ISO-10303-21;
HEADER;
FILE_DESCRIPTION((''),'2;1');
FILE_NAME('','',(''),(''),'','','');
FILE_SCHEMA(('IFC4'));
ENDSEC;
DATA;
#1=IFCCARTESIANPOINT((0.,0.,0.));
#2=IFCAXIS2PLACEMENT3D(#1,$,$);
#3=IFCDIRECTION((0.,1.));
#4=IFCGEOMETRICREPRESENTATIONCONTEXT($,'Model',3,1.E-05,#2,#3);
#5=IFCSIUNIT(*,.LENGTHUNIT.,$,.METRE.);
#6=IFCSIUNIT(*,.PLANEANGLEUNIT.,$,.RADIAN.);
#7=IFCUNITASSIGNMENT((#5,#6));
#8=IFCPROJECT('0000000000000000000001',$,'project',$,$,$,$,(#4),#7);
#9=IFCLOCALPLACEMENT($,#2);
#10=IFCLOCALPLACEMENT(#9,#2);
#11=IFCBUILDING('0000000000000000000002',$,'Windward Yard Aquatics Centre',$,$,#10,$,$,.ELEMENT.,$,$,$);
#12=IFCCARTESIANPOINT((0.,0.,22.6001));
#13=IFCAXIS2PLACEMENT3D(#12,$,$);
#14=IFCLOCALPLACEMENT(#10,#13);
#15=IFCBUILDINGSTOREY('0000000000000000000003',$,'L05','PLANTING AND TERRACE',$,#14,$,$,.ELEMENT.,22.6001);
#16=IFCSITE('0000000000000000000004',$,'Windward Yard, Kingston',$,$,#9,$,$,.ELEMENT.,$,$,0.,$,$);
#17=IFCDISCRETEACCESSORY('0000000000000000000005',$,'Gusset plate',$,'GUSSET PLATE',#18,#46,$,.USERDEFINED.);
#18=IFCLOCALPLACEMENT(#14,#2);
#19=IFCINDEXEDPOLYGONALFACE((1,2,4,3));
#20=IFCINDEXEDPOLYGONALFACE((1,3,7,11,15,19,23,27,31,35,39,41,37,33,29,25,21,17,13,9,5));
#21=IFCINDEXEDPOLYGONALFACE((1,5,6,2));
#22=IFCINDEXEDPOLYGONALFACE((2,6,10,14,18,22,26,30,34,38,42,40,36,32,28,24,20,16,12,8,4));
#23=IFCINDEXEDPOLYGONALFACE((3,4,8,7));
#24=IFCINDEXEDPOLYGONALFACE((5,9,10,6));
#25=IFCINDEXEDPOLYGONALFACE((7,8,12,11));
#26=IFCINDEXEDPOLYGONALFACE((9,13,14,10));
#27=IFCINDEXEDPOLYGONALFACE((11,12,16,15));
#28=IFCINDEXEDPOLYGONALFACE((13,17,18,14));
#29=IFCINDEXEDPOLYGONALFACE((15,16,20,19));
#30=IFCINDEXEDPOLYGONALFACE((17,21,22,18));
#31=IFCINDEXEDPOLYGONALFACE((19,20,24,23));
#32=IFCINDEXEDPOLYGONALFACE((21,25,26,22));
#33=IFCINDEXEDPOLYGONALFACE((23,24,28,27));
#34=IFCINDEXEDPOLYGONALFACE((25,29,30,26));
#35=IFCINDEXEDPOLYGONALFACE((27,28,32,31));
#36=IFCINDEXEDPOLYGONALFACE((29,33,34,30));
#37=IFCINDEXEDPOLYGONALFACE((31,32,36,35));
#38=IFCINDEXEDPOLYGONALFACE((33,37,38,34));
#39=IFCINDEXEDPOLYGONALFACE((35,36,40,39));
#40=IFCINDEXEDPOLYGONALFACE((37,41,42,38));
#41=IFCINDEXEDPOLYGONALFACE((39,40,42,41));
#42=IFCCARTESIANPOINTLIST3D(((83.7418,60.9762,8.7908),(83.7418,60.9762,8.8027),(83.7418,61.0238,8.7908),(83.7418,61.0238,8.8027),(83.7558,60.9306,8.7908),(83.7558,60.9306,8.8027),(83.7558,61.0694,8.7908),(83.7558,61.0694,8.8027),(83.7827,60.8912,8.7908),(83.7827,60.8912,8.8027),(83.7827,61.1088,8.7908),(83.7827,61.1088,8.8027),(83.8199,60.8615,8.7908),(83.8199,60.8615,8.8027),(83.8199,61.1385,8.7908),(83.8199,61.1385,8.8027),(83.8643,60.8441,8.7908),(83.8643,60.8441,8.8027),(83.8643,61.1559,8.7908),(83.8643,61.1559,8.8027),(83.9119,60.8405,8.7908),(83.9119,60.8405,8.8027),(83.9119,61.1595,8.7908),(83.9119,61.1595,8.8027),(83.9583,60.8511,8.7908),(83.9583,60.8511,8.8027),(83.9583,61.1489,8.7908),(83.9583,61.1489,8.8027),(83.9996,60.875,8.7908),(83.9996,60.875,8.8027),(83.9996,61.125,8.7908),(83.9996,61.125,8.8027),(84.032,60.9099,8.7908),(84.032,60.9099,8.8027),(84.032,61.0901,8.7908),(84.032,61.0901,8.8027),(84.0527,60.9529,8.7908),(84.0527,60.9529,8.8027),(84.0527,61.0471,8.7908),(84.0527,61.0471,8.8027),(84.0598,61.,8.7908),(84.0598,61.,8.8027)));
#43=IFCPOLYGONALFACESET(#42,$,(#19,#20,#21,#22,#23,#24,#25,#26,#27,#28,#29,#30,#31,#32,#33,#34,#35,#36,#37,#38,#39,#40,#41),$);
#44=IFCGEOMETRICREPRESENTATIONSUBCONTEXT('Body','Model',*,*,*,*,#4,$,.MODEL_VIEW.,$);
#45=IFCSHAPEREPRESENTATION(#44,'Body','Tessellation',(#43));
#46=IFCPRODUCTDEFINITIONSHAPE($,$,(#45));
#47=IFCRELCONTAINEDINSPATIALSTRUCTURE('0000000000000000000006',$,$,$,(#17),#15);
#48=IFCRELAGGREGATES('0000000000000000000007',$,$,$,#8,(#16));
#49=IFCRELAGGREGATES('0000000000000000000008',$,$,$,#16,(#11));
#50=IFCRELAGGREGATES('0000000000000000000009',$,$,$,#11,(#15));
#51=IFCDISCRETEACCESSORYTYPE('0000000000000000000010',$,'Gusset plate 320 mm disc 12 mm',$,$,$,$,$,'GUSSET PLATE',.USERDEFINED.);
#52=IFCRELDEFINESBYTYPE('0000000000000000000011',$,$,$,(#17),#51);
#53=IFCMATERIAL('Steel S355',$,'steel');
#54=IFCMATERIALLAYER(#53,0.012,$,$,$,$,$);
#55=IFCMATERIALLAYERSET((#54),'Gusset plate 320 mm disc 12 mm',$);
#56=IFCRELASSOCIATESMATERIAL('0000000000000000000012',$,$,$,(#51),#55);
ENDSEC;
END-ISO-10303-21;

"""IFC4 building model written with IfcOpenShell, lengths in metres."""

from ifc_helpers import new_model, si_unit, direction, frame, origin, origin_2d, place, context, subcontext, project, spatial, circle, extrude, material, layer, layer_set, type_object, element, save


model = new_model("IFC4")

# Units and contexts
model_context = context("Model", 3, precision=1e-05, world=origin(), true_north=direction((0.0, 1.0)))
body_context = subcontext(model_context, "Body", "Model", "MODEL_VIEW")
ifc_project = project(units=[si_unit("LENGTHUNIT", "METRE"), si_unit("PLANEANGLEUNIT", "RADIAN")], contexts=[model_context])

# Site, building, storey
site_placement = place(None, origin())
site = spatial("IfcSite", under=ifc_project, at=site_placement, Name="Windward Yard, Kingston", CompositionType="ELEMENT", RefElevation=0.0)
building_placement = place(site_placement, origin())
building = spatial("IfcBuilding", under=site, at=building_placement, Name="Windward Yard Aquatics Centre", CompositionType="ELEMENT")
storey_placement = place(building_placement, frame((0.0, 0.0, 22.6001)))
storey = spatial("IfcBuildingStorey", under=building, at=storey_placement, Name="L05", Description="PLANTING AND TERRACE", CompositionType="ELEMENT", Elevation=22.6001)

# Discrete accessory
ifc_material_1 = material(Name="Steel S355", Category="steel")
ifc_layer = layer(ifc_material_1, 0.012)
ifc_layer_set = layer_set([ifc_layer], Name="Gusset plate 320 mm disc 12 mm")
discrete_accessory_type = type_object("IfcDiscreteAccessoryType", Name="Gusset plate 320 mm disc 12 mm", ElementType="GUSSET PLATE", PredefinedType="USERDEFINED", material=ifc_layer_set)
for number, where, z_axis, x_axis, name in (
    (1, (83.8999, 61.0, 8.7908), (0.0, 0.0, 1.0), (1.0, 0.0, 0.0), "Gusset plate"),
):
    element("IfcDiscreteAccessory", number, at=place(storey_placement, frame(where, z_axis=z_axis, x_axis=x_axis)), inside=storey, type_object=discrete_accessory_type, Name=name, ObjectType="GUSSET PLATE", PredefinedType="USERDEFINED", context=body_context, shape_type="SweptSolid", body=[
        extrude(circle(Radius=0.1599, at=origin_2d()), origin(), (0.0, 0.0, 1.0), 0.012),
    ])

save(model, "model.ifc")
